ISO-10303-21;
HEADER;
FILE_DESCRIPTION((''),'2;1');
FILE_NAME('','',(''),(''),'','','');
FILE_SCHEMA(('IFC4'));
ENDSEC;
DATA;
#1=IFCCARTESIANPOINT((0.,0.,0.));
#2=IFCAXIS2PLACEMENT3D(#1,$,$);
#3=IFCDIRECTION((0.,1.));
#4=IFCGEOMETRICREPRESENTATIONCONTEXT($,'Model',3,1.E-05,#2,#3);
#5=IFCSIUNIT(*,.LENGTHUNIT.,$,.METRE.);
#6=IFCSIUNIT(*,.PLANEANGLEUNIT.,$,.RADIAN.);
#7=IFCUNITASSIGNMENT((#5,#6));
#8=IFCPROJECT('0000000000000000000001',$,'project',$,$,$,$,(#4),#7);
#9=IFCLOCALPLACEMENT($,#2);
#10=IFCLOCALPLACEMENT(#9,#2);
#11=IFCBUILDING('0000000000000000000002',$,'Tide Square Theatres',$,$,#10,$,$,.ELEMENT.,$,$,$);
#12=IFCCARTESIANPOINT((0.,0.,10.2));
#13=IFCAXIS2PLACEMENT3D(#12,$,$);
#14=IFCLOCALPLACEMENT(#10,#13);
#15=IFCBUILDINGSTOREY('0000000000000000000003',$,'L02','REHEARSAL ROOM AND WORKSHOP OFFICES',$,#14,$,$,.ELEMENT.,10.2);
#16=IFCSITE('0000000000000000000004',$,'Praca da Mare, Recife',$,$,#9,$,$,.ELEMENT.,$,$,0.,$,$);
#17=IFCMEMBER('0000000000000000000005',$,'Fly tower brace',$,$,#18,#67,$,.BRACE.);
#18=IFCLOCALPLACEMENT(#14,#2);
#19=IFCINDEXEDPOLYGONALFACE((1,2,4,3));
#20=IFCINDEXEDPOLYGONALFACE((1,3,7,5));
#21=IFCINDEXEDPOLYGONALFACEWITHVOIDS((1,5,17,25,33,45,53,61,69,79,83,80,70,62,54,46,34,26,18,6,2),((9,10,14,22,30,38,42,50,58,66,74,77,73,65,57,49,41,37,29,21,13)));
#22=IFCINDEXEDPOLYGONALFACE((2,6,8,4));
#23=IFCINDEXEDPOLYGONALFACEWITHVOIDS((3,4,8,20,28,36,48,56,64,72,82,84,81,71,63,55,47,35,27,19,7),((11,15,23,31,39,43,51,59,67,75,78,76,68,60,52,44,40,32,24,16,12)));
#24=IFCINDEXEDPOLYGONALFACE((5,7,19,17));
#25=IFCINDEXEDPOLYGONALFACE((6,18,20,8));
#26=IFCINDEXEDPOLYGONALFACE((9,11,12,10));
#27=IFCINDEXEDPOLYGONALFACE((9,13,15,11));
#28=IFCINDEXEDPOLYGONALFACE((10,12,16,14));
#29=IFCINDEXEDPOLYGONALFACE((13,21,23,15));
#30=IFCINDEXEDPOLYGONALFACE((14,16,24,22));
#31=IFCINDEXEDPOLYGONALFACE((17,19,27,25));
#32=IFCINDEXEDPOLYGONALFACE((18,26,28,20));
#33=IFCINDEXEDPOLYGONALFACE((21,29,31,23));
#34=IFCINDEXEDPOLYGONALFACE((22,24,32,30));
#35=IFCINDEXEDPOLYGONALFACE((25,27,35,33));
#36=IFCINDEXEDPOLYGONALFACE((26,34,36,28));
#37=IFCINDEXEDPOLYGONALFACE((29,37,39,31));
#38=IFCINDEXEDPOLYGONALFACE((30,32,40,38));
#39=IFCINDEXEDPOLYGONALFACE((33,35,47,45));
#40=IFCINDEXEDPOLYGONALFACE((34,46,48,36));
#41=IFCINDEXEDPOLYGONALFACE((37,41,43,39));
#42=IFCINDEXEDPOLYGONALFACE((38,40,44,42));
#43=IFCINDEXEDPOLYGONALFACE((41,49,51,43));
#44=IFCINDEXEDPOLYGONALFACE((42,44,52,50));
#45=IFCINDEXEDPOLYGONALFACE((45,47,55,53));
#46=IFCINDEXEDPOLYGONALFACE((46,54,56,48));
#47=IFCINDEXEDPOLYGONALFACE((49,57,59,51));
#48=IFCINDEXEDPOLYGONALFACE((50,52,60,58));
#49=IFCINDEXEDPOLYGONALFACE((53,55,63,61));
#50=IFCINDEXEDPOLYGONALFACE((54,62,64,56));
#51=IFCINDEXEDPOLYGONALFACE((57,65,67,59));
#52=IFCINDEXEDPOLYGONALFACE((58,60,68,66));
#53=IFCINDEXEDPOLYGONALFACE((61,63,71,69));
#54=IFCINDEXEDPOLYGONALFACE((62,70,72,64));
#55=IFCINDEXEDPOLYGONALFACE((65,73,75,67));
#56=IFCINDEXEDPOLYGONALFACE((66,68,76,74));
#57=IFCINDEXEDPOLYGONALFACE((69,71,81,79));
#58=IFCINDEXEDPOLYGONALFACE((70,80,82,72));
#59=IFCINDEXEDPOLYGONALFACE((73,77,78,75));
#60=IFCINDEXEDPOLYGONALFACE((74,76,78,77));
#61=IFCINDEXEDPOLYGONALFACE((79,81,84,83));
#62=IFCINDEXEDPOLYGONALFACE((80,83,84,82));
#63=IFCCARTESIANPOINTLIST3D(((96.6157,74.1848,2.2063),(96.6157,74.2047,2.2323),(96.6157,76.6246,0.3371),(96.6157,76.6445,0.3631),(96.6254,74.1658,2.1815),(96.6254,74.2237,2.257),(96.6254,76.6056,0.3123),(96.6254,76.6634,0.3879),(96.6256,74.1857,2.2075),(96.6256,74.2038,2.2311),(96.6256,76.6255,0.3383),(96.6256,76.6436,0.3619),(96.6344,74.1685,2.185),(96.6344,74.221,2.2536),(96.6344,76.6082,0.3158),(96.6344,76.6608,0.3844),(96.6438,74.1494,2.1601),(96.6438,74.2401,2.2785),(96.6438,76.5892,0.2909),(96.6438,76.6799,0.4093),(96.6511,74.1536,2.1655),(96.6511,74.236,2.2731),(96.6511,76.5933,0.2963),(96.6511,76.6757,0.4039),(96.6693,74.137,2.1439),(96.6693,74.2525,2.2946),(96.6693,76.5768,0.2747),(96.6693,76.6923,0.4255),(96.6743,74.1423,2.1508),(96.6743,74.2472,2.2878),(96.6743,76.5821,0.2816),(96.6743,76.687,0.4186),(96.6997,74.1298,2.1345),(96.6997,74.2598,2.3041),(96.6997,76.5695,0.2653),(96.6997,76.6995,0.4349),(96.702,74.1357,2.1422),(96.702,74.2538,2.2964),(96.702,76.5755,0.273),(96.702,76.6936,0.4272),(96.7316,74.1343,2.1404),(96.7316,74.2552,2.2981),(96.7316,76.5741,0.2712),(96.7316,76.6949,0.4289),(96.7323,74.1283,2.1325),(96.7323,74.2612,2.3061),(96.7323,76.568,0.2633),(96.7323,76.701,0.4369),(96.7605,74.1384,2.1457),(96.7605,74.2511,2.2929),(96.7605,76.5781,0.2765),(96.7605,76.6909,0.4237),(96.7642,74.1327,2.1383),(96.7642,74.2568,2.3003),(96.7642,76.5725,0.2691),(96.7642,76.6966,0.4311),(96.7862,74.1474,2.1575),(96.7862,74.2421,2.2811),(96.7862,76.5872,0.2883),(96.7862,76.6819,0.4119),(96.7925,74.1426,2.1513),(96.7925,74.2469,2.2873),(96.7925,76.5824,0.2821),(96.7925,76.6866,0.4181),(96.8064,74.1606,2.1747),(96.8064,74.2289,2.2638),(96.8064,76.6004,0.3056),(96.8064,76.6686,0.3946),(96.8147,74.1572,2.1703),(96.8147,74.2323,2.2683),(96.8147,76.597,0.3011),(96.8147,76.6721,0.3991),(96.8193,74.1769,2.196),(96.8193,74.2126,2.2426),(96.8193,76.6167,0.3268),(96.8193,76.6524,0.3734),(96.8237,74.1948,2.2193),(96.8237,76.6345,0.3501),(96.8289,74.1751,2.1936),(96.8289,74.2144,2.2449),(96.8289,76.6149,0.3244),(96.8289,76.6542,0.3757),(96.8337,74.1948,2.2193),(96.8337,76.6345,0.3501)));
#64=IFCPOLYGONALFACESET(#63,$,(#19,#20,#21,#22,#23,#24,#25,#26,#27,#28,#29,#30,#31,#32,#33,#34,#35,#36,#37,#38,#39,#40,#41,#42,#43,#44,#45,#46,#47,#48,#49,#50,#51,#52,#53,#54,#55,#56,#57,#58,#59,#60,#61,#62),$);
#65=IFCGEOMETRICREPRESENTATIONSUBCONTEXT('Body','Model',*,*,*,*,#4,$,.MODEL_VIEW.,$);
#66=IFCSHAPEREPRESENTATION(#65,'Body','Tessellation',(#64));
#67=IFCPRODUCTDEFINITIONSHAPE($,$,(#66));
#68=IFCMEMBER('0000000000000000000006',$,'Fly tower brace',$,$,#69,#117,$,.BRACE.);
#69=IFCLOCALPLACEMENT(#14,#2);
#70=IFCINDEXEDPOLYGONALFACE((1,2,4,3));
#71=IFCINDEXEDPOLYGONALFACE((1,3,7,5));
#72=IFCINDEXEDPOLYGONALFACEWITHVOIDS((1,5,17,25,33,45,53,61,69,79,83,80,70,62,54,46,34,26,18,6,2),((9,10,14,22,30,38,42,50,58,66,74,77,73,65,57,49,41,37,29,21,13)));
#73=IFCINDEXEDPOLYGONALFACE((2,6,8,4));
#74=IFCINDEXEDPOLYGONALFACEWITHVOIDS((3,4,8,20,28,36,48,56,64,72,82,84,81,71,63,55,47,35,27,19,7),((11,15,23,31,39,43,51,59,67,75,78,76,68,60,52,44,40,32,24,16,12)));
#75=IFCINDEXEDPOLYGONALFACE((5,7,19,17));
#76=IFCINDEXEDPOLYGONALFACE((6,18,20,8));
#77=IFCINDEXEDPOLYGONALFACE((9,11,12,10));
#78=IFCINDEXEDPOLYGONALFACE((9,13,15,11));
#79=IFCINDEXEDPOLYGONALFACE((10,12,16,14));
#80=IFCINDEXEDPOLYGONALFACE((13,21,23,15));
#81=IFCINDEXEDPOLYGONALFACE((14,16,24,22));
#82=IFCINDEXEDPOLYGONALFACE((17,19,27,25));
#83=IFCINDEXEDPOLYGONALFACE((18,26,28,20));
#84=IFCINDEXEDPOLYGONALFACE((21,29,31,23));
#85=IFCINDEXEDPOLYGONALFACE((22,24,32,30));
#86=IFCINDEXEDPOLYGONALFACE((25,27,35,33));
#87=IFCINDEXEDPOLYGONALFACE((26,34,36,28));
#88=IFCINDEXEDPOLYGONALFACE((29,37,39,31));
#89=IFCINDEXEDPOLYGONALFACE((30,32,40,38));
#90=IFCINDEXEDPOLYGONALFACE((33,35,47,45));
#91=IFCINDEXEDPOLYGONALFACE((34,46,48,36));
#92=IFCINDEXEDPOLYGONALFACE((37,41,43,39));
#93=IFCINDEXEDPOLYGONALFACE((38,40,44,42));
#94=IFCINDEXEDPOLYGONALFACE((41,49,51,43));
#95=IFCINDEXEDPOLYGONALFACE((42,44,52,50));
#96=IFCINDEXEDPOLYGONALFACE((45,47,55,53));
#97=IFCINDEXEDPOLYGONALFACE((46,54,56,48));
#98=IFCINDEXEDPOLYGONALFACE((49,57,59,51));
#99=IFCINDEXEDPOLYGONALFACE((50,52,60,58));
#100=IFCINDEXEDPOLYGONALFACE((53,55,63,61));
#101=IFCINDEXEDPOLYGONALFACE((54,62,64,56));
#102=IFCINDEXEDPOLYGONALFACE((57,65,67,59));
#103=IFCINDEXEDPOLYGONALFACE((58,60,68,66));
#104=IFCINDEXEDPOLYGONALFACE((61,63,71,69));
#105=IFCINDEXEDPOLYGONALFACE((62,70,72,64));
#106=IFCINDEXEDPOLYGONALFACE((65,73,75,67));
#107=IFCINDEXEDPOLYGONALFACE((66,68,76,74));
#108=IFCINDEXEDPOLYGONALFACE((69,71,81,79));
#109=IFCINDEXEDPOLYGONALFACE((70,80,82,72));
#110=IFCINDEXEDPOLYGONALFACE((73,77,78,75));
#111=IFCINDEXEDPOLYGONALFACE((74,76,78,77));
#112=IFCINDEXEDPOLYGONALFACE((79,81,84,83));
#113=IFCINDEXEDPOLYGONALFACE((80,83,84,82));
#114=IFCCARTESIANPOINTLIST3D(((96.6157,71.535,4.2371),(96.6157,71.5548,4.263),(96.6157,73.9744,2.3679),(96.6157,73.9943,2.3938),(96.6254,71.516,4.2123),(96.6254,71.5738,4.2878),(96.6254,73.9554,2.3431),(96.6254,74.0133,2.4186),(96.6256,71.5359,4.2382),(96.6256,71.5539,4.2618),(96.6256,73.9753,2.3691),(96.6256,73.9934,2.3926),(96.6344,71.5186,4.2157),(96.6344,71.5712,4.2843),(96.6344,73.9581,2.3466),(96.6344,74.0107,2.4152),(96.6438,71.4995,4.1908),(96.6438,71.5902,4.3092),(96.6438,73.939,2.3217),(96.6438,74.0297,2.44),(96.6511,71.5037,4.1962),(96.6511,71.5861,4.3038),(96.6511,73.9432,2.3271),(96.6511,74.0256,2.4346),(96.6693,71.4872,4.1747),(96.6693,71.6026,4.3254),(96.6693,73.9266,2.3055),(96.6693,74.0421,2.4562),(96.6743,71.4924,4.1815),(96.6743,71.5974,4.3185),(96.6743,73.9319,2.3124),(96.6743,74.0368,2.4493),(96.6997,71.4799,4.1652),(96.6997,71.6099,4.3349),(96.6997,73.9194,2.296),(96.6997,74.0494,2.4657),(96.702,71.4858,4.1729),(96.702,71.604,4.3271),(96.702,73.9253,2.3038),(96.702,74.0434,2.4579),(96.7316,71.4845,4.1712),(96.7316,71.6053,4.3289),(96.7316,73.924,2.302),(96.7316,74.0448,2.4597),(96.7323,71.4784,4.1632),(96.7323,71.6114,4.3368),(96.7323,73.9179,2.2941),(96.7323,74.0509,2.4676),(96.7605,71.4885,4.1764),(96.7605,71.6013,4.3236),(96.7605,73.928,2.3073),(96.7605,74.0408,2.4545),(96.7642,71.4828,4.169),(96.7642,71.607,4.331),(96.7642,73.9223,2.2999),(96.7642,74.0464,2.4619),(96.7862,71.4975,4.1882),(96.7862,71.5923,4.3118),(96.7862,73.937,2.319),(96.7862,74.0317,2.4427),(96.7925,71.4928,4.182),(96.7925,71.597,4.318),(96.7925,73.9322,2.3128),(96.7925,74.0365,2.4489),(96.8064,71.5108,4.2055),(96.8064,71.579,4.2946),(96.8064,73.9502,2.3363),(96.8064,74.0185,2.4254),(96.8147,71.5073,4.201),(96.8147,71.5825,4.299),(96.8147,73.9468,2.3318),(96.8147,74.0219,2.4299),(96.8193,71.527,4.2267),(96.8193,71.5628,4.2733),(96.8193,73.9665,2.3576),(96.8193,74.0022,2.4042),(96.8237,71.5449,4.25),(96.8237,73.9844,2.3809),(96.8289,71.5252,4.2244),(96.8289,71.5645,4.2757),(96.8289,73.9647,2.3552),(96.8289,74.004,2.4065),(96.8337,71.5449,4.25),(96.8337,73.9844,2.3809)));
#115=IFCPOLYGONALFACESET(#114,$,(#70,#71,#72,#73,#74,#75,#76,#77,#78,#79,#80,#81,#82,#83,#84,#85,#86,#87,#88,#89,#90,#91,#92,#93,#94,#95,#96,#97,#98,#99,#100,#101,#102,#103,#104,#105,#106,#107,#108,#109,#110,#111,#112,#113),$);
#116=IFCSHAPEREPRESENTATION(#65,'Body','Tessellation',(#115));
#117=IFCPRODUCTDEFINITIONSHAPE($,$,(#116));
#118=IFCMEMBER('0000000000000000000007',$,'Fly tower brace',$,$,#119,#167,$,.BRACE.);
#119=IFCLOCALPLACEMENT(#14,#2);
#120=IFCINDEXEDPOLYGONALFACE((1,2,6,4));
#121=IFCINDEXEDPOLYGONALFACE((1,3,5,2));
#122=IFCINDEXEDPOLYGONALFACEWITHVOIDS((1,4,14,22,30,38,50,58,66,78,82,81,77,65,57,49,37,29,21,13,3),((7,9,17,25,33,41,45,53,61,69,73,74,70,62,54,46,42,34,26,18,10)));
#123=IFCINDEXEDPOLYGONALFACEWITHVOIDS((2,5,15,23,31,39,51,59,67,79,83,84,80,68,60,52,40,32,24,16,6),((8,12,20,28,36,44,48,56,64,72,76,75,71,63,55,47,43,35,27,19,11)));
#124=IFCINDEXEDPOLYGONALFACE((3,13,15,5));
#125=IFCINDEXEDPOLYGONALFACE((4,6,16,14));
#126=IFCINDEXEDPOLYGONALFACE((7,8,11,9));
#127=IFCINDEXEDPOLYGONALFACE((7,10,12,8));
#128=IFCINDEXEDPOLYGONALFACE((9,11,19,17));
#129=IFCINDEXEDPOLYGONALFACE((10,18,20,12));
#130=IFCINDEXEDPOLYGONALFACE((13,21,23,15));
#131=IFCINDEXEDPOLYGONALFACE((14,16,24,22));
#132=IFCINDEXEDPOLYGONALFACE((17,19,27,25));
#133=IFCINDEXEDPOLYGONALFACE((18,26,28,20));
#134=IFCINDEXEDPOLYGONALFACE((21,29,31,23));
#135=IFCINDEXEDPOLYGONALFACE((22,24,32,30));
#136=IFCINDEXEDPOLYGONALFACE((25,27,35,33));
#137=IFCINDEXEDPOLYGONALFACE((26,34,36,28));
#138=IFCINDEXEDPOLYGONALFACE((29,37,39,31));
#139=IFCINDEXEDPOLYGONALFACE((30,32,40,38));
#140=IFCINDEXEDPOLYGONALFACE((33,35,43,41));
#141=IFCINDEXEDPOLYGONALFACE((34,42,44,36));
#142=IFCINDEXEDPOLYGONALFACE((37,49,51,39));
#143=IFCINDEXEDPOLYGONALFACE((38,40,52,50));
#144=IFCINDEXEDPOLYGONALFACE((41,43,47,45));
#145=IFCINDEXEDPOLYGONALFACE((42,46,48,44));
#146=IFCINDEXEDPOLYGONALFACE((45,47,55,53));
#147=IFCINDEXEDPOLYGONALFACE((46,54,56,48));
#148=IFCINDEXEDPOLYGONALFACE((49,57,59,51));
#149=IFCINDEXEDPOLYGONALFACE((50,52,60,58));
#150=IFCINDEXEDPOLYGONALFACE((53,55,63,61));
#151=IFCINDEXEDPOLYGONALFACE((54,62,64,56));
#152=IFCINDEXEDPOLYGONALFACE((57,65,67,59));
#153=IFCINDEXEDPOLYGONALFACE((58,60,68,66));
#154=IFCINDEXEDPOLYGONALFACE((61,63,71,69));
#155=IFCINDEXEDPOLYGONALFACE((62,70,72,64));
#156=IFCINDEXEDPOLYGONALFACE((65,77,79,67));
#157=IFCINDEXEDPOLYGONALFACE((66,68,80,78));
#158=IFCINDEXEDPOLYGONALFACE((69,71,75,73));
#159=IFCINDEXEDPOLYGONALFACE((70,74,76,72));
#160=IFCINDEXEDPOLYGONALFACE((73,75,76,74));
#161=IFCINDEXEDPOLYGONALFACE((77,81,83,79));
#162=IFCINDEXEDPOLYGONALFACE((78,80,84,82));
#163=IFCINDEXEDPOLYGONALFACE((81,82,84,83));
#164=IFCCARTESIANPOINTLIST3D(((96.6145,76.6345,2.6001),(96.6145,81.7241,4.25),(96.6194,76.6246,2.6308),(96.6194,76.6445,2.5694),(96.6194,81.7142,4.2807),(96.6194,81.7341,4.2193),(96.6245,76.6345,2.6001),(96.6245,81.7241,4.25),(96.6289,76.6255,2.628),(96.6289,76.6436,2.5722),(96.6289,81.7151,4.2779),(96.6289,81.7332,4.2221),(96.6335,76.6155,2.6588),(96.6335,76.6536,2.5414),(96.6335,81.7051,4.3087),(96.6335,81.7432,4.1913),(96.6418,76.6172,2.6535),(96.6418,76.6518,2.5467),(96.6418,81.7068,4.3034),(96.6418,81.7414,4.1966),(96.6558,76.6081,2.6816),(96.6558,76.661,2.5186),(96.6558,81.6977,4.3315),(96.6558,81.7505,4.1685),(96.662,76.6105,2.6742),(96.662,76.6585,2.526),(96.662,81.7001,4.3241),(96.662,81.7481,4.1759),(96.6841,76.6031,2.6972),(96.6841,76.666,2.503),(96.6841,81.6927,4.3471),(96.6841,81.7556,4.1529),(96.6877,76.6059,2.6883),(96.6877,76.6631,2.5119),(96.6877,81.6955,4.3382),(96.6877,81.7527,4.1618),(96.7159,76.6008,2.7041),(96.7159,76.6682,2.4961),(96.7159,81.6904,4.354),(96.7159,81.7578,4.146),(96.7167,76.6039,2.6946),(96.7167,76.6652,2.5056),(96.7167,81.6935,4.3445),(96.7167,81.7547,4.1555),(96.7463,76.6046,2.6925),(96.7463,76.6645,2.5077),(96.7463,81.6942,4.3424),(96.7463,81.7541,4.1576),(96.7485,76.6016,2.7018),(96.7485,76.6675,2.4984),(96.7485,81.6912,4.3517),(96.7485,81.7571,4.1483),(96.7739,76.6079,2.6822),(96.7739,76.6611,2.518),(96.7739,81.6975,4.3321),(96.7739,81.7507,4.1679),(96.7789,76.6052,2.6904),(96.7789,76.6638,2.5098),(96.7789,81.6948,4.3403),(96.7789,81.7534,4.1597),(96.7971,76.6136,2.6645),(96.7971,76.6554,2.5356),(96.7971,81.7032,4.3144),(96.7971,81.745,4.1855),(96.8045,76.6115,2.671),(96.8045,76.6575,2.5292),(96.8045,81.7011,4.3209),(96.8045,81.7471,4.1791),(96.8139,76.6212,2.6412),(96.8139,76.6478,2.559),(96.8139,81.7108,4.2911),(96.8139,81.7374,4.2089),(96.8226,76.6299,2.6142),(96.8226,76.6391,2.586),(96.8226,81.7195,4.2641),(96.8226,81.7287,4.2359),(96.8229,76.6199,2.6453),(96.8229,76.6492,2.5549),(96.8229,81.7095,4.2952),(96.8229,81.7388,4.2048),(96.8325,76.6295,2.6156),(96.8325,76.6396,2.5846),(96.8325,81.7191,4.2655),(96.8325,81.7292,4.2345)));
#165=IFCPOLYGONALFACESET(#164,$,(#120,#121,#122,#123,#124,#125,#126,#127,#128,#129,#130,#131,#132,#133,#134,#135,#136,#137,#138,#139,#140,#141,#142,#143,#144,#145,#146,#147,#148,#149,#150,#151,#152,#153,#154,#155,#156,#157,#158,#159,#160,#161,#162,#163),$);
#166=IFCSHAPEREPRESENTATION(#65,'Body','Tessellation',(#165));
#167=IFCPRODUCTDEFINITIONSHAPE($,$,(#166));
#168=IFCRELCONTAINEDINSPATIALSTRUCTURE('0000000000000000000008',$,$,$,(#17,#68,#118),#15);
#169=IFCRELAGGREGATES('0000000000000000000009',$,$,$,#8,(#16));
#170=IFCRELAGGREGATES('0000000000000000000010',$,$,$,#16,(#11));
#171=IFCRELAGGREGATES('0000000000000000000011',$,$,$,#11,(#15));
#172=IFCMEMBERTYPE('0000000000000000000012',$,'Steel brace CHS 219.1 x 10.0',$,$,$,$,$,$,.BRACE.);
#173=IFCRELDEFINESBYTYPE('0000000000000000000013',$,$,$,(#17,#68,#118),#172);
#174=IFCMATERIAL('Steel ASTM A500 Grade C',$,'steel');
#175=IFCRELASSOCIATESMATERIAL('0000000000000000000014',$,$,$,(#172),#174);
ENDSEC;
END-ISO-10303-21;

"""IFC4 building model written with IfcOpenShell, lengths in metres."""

from ifc_helpers import new_model, si_unit, direction, frame, origin, origin_2d, place, context, subcontext, project, spatial, hollow_circle, extrude, material, material_profile, profile_set, type_object, element, save


model = new_model("IFC4")

# Units and contexts
model_context = context("Model", 3, precision=1e-05, world=origin(), true_north=direction((0.0, 1.0)))
body_context = subcontext(model_context, "Body", "Model", "MODEL_VIEW")
ifc_project = project(units=[si_unit("LENGTHUNIT", "METRE"), si_unit("PLANEANGLEUNIT", "RADIAN")], contexts=[model_context])

# Site, building, storey
site_placement = place(None, origin())
site = spatial("IfcSite", under=ifc_project, at=site_placement, Name="Praca da Mare, Recife", CompositionType="ELEMENT", RefElevation=0.0)
building_placement = place(site_placement, origin())
building = spatial("IfcBuilding", under=site, at=building_placement, Name="Tide Square Theatres", CompositionType="ELEMENT")
storey_placement = place(building_placement, frame((0.0, 0.0, 10.2)))
storey = spatial("IfcBuildingStorey", under=building, at=storey_placement, Name="L02", Description="REHEARSAL ROOM AND WORKSHOP OFFICES", CompositionType="ELEMENT", Elevation=10.2)

# Members
ifc_material_1 = material(Name="Steel ASTM A500 Grade C", Category="steel")
ifc_material_profile_1 = material_profile(ifc_material_1, hollow_circle(Radius=0.1096, WallThickness=0.01, at=origin_2d()))
ifc_profile_set_1 = profile_set([ifc_material_profile_1], Name="Steel ASTM A500 Grade C")
member_type = type_object("IfcMemberType", Name="Steel brace CHS 219.1 x 10.0", PredefinedType="BRACE", material=ifc_profile_set_1)
member_1_placement = place(storey_placement, frame((96.7241, 76.6345, 0.3501), z_axis=(0.0, -0.79381, 0.608166), x_axis=(1.0, 0.0, 0.0)))
element("IfcMember", 1, at=member_1_placement, inside=storey, type_object=member_type, Name="Fly tower brace", PredefinedType="BRACE", context=body_context, shape_type="SweptSolid", body=[
    extrude(hollow_circle(Radius=0.1096, WallThickness=0.01, at=origin_2d()), origin(), (0.0, 0.0, 1.0), 3.0735),
])
member_2_placement = place(storey_placement, frame((96.7241, 73.9844, 2.3809), z_axis=(0.0, -0.79378, 0.608205), x_axis=(1.0, 0.0, 0.0)))
element("IfcMember", 2, at=member_2_placement, inside=storey, type_object=member_type, Name="Fly tower brace", PredefinedType="BRACE", context=body_context, shape_type="SweptSolid", body=[
    extrude(hollow_circle(Radius=0.1096, WallThickness=0.01, at=origin_2d()), origin(), (0.0, 0.0, 1.0), 3.0732),
])
member_3_placement = place(storey_placement, frame((96.7241, 76.6345, 2.6001), z_axis=(0.0, 0.951266, 0.308373), x_axis=(-1.0, 0.0, 0.0)))
element("IfcMember", 3, at=member_3_placement, inside=storey, type_object=member_type, Name="Fly tower brace", PredefinedType="BRACE", context=body_context, shape_type="SweptSolid", body=[
    extrude(hollow_circle(Radius=0.1096, WallThickness=0.01, at=origin_2d()), origin(), (0.0, 0.0, 1.0), 5.3503),
])

save(model, "model.ifc")
